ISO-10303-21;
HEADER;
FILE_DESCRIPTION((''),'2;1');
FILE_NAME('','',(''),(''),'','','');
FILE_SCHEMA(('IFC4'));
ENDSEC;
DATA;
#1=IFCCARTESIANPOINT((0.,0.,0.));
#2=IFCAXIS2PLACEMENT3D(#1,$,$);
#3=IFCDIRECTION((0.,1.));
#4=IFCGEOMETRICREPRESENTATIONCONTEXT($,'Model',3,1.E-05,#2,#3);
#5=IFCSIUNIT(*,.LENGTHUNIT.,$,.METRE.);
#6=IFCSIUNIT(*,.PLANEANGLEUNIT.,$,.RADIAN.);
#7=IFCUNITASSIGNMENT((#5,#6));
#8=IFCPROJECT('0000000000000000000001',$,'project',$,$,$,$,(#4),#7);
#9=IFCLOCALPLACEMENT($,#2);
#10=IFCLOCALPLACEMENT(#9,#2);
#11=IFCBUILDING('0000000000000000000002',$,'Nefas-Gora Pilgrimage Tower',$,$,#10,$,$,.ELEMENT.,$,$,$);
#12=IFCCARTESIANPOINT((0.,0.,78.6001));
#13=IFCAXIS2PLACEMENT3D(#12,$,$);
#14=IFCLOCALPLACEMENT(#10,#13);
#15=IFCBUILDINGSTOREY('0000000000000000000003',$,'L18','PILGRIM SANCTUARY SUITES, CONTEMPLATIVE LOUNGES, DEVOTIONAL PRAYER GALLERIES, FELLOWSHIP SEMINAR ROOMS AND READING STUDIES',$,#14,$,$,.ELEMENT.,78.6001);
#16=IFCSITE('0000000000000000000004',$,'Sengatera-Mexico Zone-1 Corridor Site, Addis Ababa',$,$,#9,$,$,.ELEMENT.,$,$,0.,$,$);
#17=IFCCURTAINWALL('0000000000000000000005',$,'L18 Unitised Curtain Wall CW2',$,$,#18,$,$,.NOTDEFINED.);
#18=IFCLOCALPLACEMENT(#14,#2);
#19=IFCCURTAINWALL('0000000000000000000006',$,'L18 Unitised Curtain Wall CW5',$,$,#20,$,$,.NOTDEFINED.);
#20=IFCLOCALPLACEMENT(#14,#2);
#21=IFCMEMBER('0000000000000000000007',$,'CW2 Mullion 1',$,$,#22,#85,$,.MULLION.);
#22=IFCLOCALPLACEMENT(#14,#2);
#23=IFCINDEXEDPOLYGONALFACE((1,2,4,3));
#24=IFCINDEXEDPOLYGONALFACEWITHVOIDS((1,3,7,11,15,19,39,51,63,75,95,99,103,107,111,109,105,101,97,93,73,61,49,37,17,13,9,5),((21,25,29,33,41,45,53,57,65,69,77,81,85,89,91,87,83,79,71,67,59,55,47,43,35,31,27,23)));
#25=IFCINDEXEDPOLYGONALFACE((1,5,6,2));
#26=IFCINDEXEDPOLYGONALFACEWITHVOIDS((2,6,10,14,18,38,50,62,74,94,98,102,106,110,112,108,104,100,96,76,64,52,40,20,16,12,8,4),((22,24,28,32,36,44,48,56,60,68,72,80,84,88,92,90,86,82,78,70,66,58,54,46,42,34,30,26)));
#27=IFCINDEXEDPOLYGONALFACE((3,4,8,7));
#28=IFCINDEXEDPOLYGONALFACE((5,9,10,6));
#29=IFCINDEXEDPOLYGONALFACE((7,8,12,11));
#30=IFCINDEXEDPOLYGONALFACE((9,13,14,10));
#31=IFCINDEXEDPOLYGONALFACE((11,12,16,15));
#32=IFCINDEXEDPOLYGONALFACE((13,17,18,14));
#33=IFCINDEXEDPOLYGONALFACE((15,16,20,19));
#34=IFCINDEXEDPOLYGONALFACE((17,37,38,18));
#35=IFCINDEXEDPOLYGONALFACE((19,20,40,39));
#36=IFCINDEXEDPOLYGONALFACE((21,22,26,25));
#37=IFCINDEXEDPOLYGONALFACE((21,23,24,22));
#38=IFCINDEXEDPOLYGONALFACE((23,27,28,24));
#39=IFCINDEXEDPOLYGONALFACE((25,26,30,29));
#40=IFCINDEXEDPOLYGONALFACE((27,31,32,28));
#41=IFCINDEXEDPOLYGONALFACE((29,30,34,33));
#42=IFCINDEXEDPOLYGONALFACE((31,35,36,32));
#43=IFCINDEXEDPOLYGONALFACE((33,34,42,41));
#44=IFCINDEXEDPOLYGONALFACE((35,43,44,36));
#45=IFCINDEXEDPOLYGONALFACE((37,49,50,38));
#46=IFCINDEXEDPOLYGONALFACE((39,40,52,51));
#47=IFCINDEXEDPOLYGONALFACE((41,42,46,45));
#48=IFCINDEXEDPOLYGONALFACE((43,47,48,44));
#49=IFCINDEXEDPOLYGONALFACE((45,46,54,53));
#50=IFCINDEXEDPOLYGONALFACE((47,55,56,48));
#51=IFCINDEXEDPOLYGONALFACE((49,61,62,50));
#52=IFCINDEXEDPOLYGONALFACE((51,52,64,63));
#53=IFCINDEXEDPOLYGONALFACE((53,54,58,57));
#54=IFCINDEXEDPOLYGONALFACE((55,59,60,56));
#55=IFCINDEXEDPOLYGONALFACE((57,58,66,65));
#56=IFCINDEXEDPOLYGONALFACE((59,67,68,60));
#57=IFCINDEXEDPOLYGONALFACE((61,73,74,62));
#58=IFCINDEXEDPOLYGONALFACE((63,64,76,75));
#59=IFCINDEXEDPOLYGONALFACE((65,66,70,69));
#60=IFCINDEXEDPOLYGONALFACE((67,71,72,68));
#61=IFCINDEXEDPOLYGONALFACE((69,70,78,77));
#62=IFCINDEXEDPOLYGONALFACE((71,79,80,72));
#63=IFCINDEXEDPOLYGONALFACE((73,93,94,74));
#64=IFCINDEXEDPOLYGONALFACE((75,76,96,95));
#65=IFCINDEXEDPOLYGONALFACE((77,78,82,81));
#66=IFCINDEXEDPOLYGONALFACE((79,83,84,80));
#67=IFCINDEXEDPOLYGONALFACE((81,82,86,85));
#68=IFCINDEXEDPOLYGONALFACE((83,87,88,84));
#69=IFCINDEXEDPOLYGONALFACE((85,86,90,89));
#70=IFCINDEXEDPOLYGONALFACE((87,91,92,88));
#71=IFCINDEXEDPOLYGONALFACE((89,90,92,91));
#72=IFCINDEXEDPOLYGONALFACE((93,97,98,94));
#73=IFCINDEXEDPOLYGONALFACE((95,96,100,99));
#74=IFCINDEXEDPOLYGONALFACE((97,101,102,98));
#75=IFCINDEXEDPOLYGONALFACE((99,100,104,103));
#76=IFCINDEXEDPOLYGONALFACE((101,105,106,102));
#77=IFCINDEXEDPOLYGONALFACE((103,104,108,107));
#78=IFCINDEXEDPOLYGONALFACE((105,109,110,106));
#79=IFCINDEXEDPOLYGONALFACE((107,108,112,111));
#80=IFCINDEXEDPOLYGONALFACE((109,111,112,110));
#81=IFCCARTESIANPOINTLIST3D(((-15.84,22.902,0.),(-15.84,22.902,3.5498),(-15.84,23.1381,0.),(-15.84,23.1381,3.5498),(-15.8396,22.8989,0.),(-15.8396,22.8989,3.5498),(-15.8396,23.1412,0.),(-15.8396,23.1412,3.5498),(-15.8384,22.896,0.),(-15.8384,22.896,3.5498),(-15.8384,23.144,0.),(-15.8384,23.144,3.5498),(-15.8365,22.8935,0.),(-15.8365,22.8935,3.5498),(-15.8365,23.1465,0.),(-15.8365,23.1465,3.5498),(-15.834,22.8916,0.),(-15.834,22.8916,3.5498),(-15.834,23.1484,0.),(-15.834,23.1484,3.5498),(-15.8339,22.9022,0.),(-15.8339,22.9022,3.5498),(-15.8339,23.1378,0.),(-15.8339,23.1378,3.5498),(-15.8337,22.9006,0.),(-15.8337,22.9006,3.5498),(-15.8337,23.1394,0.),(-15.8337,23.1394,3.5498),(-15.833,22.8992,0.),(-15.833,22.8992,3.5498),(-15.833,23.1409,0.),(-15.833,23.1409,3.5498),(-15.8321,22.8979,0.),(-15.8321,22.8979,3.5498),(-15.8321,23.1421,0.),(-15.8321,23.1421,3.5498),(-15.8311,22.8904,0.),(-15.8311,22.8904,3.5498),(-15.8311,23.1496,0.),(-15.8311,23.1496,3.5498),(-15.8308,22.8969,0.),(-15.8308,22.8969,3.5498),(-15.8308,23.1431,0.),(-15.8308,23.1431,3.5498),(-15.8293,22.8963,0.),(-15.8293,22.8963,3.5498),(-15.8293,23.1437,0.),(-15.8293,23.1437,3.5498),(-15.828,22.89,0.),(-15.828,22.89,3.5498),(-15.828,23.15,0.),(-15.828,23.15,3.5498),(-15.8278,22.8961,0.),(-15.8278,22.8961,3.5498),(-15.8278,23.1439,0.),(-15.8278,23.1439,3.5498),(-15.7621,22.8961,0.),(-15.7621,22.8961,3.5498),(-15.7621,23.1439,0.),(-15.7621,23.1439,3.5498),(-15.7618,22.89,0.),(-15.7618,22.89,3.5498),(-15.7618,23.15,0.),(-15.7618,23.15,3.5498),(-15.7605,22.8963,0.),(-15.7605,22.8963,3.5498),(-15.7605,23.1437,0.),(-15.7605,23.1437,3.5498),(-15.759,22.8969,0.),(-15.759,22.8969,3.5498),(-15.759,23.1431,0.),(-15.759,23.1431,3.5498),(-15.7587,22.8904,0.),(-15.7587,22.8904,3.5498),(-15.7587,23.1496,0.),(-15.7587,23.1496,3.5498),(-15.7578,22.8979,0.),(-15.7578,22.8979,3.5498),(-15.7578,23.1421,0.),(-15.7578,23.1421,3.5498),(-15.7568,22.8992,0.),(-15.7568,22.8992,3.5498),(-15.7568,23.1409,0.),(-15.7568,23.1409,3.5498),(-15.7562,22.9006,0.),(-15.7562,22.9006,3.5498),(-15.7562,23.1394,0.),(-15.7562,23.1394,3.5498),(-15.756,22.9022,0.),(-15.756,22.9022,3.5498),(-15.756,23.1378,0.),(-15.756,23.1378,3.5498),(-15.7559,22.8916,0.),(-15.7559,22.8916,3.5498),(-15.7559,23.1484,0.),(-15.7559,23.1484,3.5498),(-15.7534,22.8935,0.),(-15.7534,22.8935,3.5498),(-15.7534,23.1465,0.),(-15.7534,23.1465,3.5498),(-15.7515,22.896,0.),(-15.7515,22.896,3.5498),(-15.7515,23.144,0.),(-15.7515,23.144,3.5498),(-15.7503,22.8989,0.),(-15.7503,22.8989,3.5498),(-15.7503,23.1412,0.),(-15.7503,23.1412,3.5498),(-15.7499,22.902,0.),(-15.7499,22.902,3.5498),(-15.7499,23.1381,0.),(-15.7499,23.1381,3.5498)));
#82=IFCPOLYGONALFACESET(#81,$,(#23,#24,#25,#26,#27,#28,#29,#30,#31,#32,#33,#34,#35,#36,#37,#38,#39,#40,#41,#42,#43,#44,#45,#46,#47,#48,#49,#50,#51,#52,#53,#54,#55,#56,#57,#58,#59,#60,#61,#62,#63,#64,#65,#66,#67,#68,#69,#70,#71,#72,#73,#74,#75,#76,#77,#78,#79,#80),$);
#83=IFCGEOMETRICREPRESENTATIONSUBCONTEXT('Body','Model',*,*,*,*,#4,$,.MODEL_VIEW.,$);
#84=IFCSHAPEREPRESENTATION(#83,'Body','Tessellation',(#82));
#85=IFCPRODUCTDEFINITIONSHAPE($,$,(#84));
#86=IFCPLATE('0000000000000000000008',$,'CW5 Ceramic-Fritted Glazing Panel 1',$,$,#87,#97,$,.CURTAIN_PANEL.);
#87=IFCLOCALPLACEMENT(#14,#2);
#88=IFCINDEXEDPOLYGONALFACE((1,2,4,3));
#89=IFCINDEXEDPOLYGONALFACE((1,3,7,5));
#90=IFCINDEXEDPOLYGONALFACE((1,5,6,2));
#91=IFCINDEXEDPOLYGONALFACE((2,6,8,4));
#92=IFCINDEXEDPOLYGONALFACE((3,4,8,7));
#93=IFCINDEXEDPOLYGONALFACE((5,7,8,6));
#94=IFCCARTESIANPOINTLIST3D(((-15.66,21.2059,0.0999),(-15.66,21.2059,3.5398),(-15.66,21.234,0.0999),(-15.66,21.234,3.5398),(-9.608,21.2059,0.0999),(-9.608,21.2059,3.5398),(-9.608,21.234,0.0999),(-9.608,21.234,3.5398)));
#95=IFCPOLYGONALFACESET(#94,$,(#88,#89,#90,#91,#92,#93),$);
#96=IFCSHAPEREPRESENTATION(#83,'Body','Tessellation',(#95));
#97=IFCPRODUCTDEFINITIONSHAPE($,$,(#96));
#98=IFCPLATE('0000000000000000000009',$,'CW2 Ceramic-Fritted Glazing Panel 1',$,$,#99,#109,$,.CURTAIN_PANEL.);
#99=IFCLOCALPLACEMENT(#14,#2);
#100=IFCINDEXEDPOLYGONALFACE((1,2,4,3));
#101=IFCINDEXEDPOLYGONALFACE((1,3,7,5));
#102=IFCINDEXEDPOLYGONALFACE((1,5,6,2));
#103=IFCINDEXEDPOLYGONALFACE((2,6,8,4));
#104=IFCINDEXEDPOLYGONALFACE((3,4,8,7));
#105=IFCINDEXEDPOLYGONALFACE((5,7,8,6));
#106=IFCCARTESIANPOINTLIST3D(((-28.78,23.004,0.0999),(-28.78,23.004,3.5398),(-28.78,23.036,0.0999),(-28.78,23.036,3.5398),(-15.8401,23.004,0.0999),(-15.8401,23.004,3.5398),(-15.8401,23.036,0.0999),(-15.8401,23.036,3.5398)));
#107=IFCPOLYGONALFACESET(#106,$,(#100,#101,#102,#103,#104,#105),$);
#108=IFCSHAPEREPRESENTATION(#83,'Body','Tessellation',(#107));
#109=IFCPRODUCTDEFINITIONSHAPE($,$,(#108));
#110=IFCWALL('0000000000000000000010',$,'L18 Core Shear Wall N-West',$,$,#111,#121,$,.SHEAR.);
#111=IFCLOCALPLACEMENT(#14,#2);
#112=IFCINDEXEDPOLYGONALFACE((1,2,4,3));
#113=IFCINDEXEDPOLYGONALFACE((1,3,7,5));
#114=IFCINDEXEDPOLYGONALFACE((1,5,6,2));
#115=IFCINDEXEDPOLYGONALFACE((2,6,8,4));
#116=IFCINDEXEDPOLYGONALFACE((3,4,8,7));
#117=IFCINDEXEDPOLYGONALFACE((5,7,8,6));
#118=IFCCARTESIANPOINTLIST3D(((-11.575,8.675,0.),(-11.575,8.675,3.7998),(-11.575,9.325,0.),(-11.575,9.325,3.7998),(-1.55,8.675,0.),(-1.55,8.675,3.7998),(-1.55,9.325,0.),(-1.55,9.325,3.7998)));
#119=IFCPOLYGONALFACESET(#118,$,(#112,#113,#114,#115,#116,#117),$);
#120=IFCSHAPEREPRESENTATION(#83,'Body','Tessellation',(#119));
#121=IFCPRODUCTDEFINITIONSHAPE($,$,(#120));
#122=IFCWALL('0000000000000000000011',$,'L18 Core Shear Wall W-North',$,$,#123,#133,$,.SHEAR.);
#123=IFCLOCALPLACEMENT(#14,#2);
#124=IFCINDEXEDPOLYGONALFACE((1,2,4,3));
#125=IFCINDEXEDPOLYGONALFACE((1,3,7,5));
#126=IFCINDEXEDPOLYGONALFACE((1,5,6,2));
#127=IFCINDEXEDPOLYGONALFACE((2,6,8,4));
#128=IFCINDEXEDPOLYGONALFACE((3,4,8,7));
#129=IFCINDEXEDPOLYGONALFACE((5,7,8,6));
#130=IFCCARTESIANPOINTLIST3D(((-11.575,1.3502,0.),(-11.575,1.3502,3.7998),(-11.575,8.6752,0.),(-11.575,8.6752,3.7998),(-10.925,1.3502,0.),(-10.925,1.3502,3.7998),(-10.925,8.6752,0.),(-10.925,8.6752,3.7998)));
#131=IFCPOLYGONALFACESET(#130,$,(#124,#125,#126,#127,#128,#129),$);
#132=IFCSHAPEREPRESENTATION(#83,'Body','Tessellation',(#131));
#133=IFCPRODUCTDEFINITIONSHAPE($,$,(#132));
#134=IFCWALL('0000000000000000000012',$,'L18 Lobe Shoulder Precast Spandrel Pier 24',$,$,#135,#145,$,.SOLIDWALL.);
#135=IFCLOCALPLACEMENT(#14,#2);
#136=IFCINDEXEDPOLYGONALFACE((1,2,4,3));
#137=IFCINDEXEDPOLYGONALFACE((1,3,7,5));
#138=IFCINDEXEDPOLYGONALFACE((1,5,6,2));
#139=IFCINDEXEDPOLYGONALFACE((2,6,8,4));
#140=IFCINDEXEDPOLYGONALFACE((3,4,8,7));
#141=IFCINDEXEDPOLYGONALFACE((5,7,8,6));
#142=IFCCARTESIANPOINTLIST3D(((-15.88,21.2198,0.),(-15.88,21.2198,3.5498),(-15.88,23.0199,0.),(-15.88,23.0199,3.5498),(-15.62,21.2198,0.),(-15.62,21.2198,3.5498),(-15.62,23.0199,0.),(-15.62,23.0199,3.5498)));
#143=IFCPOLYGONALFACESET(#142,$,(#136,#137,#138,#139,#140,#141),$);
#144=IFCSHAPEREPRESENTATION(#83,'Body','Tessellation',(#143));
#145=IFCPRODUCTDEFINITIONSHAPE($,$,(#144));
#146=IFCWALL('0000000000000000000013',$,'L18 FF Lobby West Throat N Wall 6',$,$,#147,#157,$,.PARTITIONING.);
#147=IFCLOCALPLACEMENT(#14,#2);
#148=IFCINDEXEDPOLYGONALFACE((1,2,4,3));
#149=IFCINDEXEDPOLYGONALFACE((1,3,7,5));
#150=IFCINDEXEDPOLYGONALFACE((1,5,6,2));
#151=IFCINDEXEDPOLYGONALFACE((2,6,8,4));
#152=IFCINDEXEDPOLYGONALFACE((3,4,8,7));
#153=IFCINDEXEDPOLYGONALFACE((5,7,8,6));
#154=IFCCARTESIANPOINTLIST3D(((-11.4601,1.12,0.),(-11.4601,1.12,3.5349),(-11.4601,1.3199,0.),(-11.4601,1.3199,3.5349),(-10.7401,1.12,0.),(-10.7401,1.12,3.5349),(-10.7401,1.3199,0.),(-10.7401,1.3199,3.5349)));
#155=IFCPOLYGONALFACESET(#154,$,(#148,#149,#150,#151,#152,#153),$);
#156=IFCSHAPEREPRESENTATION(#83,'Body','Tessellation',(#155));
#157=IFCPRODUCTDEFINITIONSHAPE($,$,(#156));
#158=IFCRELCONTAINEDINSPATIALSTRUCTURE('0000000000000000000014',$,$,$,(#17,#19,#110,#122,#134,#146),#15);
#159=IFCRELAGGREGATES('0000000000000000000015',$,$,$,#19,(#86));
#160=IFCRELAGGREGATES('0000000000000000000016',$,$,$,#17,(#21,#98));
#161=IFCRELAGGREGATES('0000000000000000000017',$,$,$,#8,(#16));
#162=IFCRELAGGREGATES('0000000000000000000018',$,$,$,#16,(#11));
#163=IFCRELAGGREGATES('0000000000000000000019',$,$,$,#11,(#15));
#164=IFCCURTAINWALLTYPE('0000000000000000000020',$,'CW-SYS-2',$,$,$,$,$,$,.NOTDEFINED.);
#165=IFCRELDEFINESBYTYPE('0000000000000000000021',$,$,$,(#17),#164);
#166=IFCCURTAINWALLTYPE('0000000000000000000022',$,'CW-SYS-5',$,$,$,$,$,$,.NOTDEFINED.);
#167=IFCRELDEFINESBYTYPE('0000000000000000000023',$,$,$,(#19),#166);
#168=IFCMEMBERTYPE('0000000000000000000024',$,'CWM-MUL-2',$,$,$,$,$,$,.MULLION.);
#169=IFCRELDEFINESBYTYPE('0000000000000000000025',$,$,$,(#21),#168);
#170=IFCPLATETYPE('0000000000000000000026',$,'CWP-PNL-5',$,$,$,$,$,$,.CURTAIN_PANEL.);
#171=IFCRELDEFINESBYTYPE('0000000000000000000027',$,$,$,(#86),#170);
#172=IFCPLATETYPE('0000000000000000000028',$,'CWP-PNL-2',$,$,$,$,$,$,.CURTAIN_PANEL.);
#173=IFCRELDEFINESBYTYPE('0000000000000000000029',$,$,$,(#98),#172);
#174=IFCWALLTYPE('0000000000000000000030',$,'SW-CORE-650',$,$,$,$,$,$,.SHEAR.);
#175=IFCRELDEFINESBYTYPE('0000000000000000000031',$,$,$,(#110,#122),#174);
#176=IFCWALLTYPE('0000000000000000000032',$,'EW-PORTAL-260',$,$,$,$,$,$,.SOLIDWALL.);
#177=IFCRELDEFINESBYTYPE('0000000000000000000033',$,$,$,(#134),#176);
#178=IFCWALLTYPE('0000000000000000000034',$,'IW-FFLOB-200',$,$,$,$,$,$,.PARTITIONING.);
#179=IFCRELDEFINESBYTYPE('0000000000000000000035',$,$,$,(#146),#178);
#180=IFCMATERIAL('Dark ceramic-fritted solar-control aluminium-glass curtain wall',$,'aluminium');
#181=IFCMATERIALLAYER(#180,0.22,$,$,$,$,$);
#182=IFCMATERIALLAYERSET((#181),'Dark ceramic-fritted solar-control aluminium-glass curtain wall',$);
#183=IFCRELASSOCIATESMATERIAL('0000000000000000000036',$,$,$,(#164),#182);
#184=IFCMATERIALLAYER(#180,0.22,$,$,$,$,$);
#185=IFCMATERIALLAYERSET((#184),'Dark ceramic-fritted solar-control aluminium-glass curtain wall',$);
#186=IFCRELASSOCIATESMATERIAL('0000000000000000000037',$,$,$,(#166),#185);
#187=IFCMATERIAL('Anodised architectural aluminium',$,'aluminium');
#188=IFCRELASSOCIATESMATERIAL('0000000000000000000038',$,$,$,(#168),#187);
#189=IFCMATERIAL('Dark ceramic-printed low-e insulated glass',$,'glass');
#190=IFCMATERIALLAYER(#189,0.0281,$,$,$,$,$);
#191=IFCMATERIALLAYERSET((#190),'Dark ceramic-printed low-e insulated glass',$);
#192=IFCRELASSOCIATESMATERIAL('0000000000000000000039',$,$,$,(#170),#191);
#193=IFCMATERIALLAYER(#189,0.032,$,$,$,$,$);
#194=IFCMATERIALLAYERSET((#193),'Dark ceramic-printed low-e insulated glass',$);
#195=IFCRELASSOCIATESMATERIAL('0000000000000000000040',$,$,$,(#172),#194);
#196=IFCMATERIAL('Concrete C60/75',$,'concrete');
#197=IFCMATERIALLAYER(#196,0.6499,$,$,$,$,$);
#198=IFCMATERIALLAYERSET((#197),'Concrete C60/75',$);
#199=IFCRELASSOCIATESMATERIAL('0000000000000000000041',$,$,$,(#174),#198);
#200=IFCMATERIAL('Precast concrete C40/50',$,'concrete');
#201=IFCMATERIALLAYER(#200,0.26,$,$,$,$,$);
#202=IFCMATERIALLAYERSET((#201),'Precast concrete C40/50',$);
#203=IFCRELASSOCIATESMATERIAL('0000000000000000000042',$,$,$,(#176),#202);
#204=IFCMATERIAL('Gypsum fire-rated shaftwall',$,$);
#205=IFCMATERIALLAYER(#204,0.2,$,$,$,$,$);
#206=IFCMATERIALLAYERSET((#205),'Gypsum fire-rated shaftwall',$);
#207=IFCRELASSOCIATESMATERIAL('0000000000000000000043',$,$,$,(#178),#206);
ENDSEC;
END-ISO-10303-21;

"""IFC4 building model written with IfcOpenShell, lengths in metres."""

from ifc_helpers import new_model, si_unit, direction, frame, frame_2d, origin, origin_2d, place, context, subcontext, project, spatial, rectangle, hollow_rectangle, extrude, source, transform, mapped, material, layer, layer_set, material_profile, profile_set, type_object, element, aggregate, save


model = new_model("IFC4")

# Units and contexts
model_context = context("Model", 3, precision=1e-05, world=origin(), true_north=direction((0.0, 1.0)))
body_context = subcontext(model_context, "Body", "Model", "MODEL_VIEW")
ifc_project = project(units=[si_unit("LENGTHUNIT", "METRE"), si_unit("PLANEANGLEUNIT", "RADIAN")], contexts=[model_context])

# Site, building, storey
site_placement = place(None, origin())
site = spatial("IfcSite", under=ifc_project, at=site_placement, Name="Sengatera-Mexico Zone-1 Corridor Site, Addis Ababa", CompositionType="ELEMENT", RefElevation=0.0)
building_placement = place(site_placement, origin())
building = spatial("IfcBuilding", under=site, at=building_placement, Name="Nefas-Gora Pilgrimage Tower", CompositionType="ELEMENT")
storey_placement = place(building_placement, frame((0.0, 0.0, 78.6001)))
storey = spatial("IfcBuildingStorey", under=building, at=storey_placement, Name="L18", Description="PILGRIM SANCTUARY SUITES, CONTEMPLATIVE LOUNGES, DEVOTIONAL PRAYER GALLERIES, FELLOWSHIP SEMINAR ROOMS AND READING STUDIES", CompositionType="ELEMENT", Elevation=78.6001)

# Curtain walls
ifc_material_1 = material(Name="Dark ceramic-fritted solar-control aluminium-glass curtain wall", Category="aluminium")
ifc_layer_1 = layer(ifc_material_1, 0.22)
ifc_layer_set_1 = layer_set([ifc_layer_1], Name="Dark ceramic-fritted solar-control aluminium-glass curtain wall")
curtain_wall_type_1 = type_object("IfcCurtainWallType", Name="CW-SYS-2", PredefinedType="NOTDEFINED", material=ifc_layer_set_1)
curtain_wall_1_placement = place(storey_placement, origin())
curtain_wall_1 = element("IfcCurtainWall", 1, at=curtain_wall_1_placement, inside=storey, type_object=curtain_wall_type_1, Name="L18 Unitised Curtain Wall CW2", PredefinedType="NOTDEFINED")
ifc_material_2 = material(Name="Anodised architectural aluminium", Category="aluminium")
ifc_layer_2 = layer(ifc_material_1, 0.22)
ifc_layer_set_2 = layer_set([ifc_layer_2], Name="Dark ceramic-fritted solar-control aluminium-glass curtain wall")
curtain_wall_type_2 = type_object("IfcCurtainWallType", Name="CW-SYS-5", PredefinedType="NOTDEFINED", material=ifc_layer_set_2)
curtain_wall_2_placement = place(storey_placement, origin())
curtain_wall_2 = element("IfcCurtainWall", 2, at=curtain_wall_2_placement, inside=storey, type_object=curtain_wall_type_2, Name="L18 Unitised Curtain Wall CW5", PredefinedType="NOTDEFINED")

# Member
ifc_material_profile_1 = material_profile(ifc_material_2, hollow_rectangle(XDim=0.0901, YDim=0.26, WallThickness=0.0061, InnerFilletRadius=0.0061, OuterFilletRadius=0.012, at=origin_2d()), Name="ALU MULLION 90x260")
ifc_profile_set_1 = profile_set([ifc_material_profile_1], Name="Anodised architectural aluminium")
member_type_1 = type_object("IfcMemberType", Name="CWM-MUL-2", PredefinedType="MULLION", material=ifc_profile_set_1)
shared_shape_1 = source(origin(), body_context, "Body", "SweptSolid", [
    extrude(hollow_rectangle(XDim=0.0901, YDim=0.26, WallThickness=0.0061, InnerFilletRadius=0.0061, OuterFilletRadius=0.012, at=origin_2d()), origin(), (0.0, 0.0, 1.0), 3.5498),
])
member_1_placement = place(storey_placement, frame((-15.7949, 23.02, 0.0), z_axis=(0.0, 0.0, 1.0), x_axis=(-1.0, 0.0, 0.0)))
member_1 = element("IfcMember", 3, at=member_1_placement, type_object=member_type_1, Name="CW2 Mullion 1", PredefinedType="MULLION", context=body_context, shape_type="MappedRepresentation", body=[
    mapped(shared_shape_1, transform((0.0, 0.0, 0.0), x_axis=(1.0, 0.0, 0.0), y_axis=(0.0, 1.0, 0.0), z_axis=(0.0, 0.0, 1.0), scale=1.0)),
])

# Plates
ifc_material_3 = material(Name="Dark ceramic-printed low-e insulated glass", Category="glass")
ifc_layer_3 = layer(ifc_material_3, 0.0281)
ifc_layer_set_3 = layer_set([ifc_layer_3], Name="Dark ceramic-printed low-e insulated glass")
plate_type_1 = type_object("IfcPlateType", Name="CWP-PNL-5", PredefinedType="CURTAIN_PANEL", material=ifc_layer_set_3)
shared_shape_2 = source(origin(), body_context, "Body", "SweptSolid", [
    extrude(rectangle(XDim=6.052, YDim=0.0281, at=origin_2d()), origin(), (0.0, 0.0, 1.0), 3.4399),
])
plate_1_placement = place(storey_placement, frame((-12.634, 21.22, 0.0999), z_axis=(0.0, 0.0, 1.0), x_axis=(-1.0, 0.0, 0.0)))
plate_1 = element("IfcPlate", 4, at=plate_1_placement, type_object=plate_type_1, Name="CW5 Ceramic-Fritted Glazing Panel 1", PredefinedType="CURTAIN_PANEL", context=body_context, shape_type="MappedRepresentation", body=[
    mapped(shared_shape_2, transform((0.0, 0.0, 0.0), x_axis=(1.0, 0.0, 0.0), y_axis=(0.0, 1.0, 0.0), z_axis=(0.0, 0.0, 1.0), scale=1.0)),
])
aggregate(curtain_wall_2, [plate_1])
ifc_layer_4 = layer(ifc_material_3, 0.032)
ifc_layer_set_4 = layer_set([ifc_layer_4], Name="Dark ceramic-printed low-e insulated glass")
plate_type_2 = type_object("IfcPlateType", Name="CWP-PNL-2", PredefinedType="CURTAIN_PANEL", material=ifc_layer_set_4)
shared_shape_3 = source(origin(), body_context, "Body", "SweptSolid", [
    extrude(rectangle(XDim=12.9399, YDim=0.032, at=origin_2d()), origin(), (0.0, 0.0, 1.0), 3.4399),
])
plate_2_placement = place(storey_placement, frame((-22.3101, 23.02, 0.0999), z_axis=(0.0, 0.0, 1.0), x_axis=(-1.0, 0.0, 0.0)))
plate_2 = element("IfcPlate", 5, at=plate_2_placement, type_object=plate_type_2, Name="CW2 Ceramic-Fritted Glazing Panel 1", PredefinedType="CURTAIN_PANEL", context=body_context, shape_type="MappedRepresentation", body=[
    mapped(shared_shape_3, transform((0.0, 0.0, 0.0), x_axis=(1.0, 0.0, 0.0), y_axis=(0.0, 1.0, 0.0), z_axis=(0.0, 0.0, 1.0), scale=1.0)),
])
aggregate(curtain_wall_1, [member_1, plate_2])

# Walls
ifc_material_4 = material(Name="Concrete C60/75", Category="concrete")
ifc_layer_5 = layer(ifc_material_4, 0.6499)
ifc_layer_set_5 = layer_set([ifc_layer_5], Name="Concrete C60/75")
wall_type_1 = type_object("IfcWallType", Name="SW-CORE-650", PredefinedType="SHEAR", material=ifc_layer_set_5)
shared_shape_4 = source(origin(), body_context, "Body", "SweptSolid", [
    extrude(rectangle(XDim=10.0249, YDim=0.6499, at=frame_2d((5.0125, 0.0))), origin(), (0.0, 0.0, 1.0), 3.7998),
])
wall_1_placement = place(storey_placement, frame((-11.575, 9.0, 0.0), z_axis=(0.0, 0.0, 1.0), x_axis=(1.0, 0.0, 0.0)))
element("IfcWall", 6, at=wall_1_placement, inside=storey, type_object=wall_type_1, Name="L18 Core Shear Wall N-West", PredefinedType="SHEAR", context=body_context, shape_type="MappedRepresentation", body=[
    mapped(shared_shape_4, transform((0.0, 0.0, 0.0), x_axis=(1.0, 0.0, 0.0), y_axis=(0.0, 1.0, 0.0), z_axis=(0.0, 0.0, 1.0), scale=1.0)),
])
shared_shape_5 = source(origin(), body_context, "Body", "SweptSolid", [
    extrude(rectangle(XDim=7.325, YDim=0.6499, at=frame_2d((3.6626, 0.0))), origin(), (0.0, 0.0, 1.0), 3.7998),
])
wall_2_placement = place(storey_placement, frame((-11.25, 1.3501, 0.0), z_axis=(0.0, 0.0, 1.0), x_axis=(0.0, 1.0, 0.0)))
element("IfcWall", 7, at=wall_2_placement, inside=storey, type_object=wall_type_1, Name="L18 Core Shear Wall W-North", PredefinedType="SHEAR", context=body_context, shape_type="MappedRepresentation", body=[
    mapped(shared_shape_5, transform((0.0, 0.0, 0.0), x_axis=(1.0, 0.0, 0.0), y_axis=(0.0, 1.0, 0.0), z_axis=(0.0, 0.0, 1.0), scale=1.0)),
])
ifc_material_5 = material(Name="Precast concrete C40/50", Category="concrete")
ifc_layer_6 = layer(ifc_material_5, 0.26)
ifc_layer_set_6 = layer_set([ifc_layer_6], Name="Precast concrete C40/50")
wall_type_2 = type_object("IfcWallType", Name="EW-PORTAL-260", PredefinedType="SOLIDWALL", material=ifc_layer_set_6)
shared_shape_6 = source(origin(), body_context, "Body", "SweptSolid", [
    extrude(rectangle(XDim=1.8, YDim=0.26, at=frame_2d((0.8999, 0.0))), origin(), (0.0, 0.0, 1.0), 3.5498),
])
wall_3_placement = place(storey_placement, frame((-15.75, 21.22, 0.0), z_axis=(0.0, 0.0, 1.0), x_axis=(0.0, 1.0, 0.0)))
element("IfcWall", 8, at=wall_3_placement, inside=storey, type_object=wall_type_2, Name="L18 Lobe Shoulder Precast Spandrel Pier 24", PredefinedType="SOLIDWALL", context=body_context, shape_type="MappedRepresentation", body=[
    mapped(shared_shape_6, transform((0.0, 0.0, 0.0), x_axis=(1.0, 0.0, 0.0), y_axis=(0.0, 1.0, 0.0), z_axis=(0.0, 0.0, 1.0), scale=1.0)),
])
ifc_material_6 = material(Name="Gypsum fire-rated shaftwall")
ifc_layer_7 = layer(ifc_material_6, 0.2)
ifc_layer_set_7 = layer_set([ifc_layer_7], Name="Gypsum fire-rated shaftwall")
wall_type_3 = type_object("IfcWallType", Name="IW-FFLOB-200", PredefinedType="PARTITIONING", material=ifc_layer_set_7)
shared_shape_7 = source(origin(), body_context, "Body", "SweptSolid", [
    extrude(rectangle(XDim=0.72, YDim=0.2, at=frame_2d((0.3599, 0.0))), origin(), (0.0, 0.0, 1.0), 3.5349),
])
wall_4_placement = place(storey_placement, frame((-11.46, 1.22, 0.0), z_axis=(0.0, 0.0, 1.0), x_axis=(1.0, 0.0, 0.0)))
element("IfcWall", 9, at=wall_4_placement, inside=storey, type_object=wall_type_3, Name="L18 FF Lobby West Throat N Wall 6", PredefinedType="PARTITIONING", context=body_context, shape_type="MappedRepresentation", body=[
    mapped(shared_shape_7, transform((0.0, 0.0, 0.0), x_axis=(1.0, 0.0, 0.0), y_axis=(0.0, 1.0, 0.0), z_axis=(0.0, 0.0, 1.0), scale=1.0)),
])

save(model, "model.ifc")
